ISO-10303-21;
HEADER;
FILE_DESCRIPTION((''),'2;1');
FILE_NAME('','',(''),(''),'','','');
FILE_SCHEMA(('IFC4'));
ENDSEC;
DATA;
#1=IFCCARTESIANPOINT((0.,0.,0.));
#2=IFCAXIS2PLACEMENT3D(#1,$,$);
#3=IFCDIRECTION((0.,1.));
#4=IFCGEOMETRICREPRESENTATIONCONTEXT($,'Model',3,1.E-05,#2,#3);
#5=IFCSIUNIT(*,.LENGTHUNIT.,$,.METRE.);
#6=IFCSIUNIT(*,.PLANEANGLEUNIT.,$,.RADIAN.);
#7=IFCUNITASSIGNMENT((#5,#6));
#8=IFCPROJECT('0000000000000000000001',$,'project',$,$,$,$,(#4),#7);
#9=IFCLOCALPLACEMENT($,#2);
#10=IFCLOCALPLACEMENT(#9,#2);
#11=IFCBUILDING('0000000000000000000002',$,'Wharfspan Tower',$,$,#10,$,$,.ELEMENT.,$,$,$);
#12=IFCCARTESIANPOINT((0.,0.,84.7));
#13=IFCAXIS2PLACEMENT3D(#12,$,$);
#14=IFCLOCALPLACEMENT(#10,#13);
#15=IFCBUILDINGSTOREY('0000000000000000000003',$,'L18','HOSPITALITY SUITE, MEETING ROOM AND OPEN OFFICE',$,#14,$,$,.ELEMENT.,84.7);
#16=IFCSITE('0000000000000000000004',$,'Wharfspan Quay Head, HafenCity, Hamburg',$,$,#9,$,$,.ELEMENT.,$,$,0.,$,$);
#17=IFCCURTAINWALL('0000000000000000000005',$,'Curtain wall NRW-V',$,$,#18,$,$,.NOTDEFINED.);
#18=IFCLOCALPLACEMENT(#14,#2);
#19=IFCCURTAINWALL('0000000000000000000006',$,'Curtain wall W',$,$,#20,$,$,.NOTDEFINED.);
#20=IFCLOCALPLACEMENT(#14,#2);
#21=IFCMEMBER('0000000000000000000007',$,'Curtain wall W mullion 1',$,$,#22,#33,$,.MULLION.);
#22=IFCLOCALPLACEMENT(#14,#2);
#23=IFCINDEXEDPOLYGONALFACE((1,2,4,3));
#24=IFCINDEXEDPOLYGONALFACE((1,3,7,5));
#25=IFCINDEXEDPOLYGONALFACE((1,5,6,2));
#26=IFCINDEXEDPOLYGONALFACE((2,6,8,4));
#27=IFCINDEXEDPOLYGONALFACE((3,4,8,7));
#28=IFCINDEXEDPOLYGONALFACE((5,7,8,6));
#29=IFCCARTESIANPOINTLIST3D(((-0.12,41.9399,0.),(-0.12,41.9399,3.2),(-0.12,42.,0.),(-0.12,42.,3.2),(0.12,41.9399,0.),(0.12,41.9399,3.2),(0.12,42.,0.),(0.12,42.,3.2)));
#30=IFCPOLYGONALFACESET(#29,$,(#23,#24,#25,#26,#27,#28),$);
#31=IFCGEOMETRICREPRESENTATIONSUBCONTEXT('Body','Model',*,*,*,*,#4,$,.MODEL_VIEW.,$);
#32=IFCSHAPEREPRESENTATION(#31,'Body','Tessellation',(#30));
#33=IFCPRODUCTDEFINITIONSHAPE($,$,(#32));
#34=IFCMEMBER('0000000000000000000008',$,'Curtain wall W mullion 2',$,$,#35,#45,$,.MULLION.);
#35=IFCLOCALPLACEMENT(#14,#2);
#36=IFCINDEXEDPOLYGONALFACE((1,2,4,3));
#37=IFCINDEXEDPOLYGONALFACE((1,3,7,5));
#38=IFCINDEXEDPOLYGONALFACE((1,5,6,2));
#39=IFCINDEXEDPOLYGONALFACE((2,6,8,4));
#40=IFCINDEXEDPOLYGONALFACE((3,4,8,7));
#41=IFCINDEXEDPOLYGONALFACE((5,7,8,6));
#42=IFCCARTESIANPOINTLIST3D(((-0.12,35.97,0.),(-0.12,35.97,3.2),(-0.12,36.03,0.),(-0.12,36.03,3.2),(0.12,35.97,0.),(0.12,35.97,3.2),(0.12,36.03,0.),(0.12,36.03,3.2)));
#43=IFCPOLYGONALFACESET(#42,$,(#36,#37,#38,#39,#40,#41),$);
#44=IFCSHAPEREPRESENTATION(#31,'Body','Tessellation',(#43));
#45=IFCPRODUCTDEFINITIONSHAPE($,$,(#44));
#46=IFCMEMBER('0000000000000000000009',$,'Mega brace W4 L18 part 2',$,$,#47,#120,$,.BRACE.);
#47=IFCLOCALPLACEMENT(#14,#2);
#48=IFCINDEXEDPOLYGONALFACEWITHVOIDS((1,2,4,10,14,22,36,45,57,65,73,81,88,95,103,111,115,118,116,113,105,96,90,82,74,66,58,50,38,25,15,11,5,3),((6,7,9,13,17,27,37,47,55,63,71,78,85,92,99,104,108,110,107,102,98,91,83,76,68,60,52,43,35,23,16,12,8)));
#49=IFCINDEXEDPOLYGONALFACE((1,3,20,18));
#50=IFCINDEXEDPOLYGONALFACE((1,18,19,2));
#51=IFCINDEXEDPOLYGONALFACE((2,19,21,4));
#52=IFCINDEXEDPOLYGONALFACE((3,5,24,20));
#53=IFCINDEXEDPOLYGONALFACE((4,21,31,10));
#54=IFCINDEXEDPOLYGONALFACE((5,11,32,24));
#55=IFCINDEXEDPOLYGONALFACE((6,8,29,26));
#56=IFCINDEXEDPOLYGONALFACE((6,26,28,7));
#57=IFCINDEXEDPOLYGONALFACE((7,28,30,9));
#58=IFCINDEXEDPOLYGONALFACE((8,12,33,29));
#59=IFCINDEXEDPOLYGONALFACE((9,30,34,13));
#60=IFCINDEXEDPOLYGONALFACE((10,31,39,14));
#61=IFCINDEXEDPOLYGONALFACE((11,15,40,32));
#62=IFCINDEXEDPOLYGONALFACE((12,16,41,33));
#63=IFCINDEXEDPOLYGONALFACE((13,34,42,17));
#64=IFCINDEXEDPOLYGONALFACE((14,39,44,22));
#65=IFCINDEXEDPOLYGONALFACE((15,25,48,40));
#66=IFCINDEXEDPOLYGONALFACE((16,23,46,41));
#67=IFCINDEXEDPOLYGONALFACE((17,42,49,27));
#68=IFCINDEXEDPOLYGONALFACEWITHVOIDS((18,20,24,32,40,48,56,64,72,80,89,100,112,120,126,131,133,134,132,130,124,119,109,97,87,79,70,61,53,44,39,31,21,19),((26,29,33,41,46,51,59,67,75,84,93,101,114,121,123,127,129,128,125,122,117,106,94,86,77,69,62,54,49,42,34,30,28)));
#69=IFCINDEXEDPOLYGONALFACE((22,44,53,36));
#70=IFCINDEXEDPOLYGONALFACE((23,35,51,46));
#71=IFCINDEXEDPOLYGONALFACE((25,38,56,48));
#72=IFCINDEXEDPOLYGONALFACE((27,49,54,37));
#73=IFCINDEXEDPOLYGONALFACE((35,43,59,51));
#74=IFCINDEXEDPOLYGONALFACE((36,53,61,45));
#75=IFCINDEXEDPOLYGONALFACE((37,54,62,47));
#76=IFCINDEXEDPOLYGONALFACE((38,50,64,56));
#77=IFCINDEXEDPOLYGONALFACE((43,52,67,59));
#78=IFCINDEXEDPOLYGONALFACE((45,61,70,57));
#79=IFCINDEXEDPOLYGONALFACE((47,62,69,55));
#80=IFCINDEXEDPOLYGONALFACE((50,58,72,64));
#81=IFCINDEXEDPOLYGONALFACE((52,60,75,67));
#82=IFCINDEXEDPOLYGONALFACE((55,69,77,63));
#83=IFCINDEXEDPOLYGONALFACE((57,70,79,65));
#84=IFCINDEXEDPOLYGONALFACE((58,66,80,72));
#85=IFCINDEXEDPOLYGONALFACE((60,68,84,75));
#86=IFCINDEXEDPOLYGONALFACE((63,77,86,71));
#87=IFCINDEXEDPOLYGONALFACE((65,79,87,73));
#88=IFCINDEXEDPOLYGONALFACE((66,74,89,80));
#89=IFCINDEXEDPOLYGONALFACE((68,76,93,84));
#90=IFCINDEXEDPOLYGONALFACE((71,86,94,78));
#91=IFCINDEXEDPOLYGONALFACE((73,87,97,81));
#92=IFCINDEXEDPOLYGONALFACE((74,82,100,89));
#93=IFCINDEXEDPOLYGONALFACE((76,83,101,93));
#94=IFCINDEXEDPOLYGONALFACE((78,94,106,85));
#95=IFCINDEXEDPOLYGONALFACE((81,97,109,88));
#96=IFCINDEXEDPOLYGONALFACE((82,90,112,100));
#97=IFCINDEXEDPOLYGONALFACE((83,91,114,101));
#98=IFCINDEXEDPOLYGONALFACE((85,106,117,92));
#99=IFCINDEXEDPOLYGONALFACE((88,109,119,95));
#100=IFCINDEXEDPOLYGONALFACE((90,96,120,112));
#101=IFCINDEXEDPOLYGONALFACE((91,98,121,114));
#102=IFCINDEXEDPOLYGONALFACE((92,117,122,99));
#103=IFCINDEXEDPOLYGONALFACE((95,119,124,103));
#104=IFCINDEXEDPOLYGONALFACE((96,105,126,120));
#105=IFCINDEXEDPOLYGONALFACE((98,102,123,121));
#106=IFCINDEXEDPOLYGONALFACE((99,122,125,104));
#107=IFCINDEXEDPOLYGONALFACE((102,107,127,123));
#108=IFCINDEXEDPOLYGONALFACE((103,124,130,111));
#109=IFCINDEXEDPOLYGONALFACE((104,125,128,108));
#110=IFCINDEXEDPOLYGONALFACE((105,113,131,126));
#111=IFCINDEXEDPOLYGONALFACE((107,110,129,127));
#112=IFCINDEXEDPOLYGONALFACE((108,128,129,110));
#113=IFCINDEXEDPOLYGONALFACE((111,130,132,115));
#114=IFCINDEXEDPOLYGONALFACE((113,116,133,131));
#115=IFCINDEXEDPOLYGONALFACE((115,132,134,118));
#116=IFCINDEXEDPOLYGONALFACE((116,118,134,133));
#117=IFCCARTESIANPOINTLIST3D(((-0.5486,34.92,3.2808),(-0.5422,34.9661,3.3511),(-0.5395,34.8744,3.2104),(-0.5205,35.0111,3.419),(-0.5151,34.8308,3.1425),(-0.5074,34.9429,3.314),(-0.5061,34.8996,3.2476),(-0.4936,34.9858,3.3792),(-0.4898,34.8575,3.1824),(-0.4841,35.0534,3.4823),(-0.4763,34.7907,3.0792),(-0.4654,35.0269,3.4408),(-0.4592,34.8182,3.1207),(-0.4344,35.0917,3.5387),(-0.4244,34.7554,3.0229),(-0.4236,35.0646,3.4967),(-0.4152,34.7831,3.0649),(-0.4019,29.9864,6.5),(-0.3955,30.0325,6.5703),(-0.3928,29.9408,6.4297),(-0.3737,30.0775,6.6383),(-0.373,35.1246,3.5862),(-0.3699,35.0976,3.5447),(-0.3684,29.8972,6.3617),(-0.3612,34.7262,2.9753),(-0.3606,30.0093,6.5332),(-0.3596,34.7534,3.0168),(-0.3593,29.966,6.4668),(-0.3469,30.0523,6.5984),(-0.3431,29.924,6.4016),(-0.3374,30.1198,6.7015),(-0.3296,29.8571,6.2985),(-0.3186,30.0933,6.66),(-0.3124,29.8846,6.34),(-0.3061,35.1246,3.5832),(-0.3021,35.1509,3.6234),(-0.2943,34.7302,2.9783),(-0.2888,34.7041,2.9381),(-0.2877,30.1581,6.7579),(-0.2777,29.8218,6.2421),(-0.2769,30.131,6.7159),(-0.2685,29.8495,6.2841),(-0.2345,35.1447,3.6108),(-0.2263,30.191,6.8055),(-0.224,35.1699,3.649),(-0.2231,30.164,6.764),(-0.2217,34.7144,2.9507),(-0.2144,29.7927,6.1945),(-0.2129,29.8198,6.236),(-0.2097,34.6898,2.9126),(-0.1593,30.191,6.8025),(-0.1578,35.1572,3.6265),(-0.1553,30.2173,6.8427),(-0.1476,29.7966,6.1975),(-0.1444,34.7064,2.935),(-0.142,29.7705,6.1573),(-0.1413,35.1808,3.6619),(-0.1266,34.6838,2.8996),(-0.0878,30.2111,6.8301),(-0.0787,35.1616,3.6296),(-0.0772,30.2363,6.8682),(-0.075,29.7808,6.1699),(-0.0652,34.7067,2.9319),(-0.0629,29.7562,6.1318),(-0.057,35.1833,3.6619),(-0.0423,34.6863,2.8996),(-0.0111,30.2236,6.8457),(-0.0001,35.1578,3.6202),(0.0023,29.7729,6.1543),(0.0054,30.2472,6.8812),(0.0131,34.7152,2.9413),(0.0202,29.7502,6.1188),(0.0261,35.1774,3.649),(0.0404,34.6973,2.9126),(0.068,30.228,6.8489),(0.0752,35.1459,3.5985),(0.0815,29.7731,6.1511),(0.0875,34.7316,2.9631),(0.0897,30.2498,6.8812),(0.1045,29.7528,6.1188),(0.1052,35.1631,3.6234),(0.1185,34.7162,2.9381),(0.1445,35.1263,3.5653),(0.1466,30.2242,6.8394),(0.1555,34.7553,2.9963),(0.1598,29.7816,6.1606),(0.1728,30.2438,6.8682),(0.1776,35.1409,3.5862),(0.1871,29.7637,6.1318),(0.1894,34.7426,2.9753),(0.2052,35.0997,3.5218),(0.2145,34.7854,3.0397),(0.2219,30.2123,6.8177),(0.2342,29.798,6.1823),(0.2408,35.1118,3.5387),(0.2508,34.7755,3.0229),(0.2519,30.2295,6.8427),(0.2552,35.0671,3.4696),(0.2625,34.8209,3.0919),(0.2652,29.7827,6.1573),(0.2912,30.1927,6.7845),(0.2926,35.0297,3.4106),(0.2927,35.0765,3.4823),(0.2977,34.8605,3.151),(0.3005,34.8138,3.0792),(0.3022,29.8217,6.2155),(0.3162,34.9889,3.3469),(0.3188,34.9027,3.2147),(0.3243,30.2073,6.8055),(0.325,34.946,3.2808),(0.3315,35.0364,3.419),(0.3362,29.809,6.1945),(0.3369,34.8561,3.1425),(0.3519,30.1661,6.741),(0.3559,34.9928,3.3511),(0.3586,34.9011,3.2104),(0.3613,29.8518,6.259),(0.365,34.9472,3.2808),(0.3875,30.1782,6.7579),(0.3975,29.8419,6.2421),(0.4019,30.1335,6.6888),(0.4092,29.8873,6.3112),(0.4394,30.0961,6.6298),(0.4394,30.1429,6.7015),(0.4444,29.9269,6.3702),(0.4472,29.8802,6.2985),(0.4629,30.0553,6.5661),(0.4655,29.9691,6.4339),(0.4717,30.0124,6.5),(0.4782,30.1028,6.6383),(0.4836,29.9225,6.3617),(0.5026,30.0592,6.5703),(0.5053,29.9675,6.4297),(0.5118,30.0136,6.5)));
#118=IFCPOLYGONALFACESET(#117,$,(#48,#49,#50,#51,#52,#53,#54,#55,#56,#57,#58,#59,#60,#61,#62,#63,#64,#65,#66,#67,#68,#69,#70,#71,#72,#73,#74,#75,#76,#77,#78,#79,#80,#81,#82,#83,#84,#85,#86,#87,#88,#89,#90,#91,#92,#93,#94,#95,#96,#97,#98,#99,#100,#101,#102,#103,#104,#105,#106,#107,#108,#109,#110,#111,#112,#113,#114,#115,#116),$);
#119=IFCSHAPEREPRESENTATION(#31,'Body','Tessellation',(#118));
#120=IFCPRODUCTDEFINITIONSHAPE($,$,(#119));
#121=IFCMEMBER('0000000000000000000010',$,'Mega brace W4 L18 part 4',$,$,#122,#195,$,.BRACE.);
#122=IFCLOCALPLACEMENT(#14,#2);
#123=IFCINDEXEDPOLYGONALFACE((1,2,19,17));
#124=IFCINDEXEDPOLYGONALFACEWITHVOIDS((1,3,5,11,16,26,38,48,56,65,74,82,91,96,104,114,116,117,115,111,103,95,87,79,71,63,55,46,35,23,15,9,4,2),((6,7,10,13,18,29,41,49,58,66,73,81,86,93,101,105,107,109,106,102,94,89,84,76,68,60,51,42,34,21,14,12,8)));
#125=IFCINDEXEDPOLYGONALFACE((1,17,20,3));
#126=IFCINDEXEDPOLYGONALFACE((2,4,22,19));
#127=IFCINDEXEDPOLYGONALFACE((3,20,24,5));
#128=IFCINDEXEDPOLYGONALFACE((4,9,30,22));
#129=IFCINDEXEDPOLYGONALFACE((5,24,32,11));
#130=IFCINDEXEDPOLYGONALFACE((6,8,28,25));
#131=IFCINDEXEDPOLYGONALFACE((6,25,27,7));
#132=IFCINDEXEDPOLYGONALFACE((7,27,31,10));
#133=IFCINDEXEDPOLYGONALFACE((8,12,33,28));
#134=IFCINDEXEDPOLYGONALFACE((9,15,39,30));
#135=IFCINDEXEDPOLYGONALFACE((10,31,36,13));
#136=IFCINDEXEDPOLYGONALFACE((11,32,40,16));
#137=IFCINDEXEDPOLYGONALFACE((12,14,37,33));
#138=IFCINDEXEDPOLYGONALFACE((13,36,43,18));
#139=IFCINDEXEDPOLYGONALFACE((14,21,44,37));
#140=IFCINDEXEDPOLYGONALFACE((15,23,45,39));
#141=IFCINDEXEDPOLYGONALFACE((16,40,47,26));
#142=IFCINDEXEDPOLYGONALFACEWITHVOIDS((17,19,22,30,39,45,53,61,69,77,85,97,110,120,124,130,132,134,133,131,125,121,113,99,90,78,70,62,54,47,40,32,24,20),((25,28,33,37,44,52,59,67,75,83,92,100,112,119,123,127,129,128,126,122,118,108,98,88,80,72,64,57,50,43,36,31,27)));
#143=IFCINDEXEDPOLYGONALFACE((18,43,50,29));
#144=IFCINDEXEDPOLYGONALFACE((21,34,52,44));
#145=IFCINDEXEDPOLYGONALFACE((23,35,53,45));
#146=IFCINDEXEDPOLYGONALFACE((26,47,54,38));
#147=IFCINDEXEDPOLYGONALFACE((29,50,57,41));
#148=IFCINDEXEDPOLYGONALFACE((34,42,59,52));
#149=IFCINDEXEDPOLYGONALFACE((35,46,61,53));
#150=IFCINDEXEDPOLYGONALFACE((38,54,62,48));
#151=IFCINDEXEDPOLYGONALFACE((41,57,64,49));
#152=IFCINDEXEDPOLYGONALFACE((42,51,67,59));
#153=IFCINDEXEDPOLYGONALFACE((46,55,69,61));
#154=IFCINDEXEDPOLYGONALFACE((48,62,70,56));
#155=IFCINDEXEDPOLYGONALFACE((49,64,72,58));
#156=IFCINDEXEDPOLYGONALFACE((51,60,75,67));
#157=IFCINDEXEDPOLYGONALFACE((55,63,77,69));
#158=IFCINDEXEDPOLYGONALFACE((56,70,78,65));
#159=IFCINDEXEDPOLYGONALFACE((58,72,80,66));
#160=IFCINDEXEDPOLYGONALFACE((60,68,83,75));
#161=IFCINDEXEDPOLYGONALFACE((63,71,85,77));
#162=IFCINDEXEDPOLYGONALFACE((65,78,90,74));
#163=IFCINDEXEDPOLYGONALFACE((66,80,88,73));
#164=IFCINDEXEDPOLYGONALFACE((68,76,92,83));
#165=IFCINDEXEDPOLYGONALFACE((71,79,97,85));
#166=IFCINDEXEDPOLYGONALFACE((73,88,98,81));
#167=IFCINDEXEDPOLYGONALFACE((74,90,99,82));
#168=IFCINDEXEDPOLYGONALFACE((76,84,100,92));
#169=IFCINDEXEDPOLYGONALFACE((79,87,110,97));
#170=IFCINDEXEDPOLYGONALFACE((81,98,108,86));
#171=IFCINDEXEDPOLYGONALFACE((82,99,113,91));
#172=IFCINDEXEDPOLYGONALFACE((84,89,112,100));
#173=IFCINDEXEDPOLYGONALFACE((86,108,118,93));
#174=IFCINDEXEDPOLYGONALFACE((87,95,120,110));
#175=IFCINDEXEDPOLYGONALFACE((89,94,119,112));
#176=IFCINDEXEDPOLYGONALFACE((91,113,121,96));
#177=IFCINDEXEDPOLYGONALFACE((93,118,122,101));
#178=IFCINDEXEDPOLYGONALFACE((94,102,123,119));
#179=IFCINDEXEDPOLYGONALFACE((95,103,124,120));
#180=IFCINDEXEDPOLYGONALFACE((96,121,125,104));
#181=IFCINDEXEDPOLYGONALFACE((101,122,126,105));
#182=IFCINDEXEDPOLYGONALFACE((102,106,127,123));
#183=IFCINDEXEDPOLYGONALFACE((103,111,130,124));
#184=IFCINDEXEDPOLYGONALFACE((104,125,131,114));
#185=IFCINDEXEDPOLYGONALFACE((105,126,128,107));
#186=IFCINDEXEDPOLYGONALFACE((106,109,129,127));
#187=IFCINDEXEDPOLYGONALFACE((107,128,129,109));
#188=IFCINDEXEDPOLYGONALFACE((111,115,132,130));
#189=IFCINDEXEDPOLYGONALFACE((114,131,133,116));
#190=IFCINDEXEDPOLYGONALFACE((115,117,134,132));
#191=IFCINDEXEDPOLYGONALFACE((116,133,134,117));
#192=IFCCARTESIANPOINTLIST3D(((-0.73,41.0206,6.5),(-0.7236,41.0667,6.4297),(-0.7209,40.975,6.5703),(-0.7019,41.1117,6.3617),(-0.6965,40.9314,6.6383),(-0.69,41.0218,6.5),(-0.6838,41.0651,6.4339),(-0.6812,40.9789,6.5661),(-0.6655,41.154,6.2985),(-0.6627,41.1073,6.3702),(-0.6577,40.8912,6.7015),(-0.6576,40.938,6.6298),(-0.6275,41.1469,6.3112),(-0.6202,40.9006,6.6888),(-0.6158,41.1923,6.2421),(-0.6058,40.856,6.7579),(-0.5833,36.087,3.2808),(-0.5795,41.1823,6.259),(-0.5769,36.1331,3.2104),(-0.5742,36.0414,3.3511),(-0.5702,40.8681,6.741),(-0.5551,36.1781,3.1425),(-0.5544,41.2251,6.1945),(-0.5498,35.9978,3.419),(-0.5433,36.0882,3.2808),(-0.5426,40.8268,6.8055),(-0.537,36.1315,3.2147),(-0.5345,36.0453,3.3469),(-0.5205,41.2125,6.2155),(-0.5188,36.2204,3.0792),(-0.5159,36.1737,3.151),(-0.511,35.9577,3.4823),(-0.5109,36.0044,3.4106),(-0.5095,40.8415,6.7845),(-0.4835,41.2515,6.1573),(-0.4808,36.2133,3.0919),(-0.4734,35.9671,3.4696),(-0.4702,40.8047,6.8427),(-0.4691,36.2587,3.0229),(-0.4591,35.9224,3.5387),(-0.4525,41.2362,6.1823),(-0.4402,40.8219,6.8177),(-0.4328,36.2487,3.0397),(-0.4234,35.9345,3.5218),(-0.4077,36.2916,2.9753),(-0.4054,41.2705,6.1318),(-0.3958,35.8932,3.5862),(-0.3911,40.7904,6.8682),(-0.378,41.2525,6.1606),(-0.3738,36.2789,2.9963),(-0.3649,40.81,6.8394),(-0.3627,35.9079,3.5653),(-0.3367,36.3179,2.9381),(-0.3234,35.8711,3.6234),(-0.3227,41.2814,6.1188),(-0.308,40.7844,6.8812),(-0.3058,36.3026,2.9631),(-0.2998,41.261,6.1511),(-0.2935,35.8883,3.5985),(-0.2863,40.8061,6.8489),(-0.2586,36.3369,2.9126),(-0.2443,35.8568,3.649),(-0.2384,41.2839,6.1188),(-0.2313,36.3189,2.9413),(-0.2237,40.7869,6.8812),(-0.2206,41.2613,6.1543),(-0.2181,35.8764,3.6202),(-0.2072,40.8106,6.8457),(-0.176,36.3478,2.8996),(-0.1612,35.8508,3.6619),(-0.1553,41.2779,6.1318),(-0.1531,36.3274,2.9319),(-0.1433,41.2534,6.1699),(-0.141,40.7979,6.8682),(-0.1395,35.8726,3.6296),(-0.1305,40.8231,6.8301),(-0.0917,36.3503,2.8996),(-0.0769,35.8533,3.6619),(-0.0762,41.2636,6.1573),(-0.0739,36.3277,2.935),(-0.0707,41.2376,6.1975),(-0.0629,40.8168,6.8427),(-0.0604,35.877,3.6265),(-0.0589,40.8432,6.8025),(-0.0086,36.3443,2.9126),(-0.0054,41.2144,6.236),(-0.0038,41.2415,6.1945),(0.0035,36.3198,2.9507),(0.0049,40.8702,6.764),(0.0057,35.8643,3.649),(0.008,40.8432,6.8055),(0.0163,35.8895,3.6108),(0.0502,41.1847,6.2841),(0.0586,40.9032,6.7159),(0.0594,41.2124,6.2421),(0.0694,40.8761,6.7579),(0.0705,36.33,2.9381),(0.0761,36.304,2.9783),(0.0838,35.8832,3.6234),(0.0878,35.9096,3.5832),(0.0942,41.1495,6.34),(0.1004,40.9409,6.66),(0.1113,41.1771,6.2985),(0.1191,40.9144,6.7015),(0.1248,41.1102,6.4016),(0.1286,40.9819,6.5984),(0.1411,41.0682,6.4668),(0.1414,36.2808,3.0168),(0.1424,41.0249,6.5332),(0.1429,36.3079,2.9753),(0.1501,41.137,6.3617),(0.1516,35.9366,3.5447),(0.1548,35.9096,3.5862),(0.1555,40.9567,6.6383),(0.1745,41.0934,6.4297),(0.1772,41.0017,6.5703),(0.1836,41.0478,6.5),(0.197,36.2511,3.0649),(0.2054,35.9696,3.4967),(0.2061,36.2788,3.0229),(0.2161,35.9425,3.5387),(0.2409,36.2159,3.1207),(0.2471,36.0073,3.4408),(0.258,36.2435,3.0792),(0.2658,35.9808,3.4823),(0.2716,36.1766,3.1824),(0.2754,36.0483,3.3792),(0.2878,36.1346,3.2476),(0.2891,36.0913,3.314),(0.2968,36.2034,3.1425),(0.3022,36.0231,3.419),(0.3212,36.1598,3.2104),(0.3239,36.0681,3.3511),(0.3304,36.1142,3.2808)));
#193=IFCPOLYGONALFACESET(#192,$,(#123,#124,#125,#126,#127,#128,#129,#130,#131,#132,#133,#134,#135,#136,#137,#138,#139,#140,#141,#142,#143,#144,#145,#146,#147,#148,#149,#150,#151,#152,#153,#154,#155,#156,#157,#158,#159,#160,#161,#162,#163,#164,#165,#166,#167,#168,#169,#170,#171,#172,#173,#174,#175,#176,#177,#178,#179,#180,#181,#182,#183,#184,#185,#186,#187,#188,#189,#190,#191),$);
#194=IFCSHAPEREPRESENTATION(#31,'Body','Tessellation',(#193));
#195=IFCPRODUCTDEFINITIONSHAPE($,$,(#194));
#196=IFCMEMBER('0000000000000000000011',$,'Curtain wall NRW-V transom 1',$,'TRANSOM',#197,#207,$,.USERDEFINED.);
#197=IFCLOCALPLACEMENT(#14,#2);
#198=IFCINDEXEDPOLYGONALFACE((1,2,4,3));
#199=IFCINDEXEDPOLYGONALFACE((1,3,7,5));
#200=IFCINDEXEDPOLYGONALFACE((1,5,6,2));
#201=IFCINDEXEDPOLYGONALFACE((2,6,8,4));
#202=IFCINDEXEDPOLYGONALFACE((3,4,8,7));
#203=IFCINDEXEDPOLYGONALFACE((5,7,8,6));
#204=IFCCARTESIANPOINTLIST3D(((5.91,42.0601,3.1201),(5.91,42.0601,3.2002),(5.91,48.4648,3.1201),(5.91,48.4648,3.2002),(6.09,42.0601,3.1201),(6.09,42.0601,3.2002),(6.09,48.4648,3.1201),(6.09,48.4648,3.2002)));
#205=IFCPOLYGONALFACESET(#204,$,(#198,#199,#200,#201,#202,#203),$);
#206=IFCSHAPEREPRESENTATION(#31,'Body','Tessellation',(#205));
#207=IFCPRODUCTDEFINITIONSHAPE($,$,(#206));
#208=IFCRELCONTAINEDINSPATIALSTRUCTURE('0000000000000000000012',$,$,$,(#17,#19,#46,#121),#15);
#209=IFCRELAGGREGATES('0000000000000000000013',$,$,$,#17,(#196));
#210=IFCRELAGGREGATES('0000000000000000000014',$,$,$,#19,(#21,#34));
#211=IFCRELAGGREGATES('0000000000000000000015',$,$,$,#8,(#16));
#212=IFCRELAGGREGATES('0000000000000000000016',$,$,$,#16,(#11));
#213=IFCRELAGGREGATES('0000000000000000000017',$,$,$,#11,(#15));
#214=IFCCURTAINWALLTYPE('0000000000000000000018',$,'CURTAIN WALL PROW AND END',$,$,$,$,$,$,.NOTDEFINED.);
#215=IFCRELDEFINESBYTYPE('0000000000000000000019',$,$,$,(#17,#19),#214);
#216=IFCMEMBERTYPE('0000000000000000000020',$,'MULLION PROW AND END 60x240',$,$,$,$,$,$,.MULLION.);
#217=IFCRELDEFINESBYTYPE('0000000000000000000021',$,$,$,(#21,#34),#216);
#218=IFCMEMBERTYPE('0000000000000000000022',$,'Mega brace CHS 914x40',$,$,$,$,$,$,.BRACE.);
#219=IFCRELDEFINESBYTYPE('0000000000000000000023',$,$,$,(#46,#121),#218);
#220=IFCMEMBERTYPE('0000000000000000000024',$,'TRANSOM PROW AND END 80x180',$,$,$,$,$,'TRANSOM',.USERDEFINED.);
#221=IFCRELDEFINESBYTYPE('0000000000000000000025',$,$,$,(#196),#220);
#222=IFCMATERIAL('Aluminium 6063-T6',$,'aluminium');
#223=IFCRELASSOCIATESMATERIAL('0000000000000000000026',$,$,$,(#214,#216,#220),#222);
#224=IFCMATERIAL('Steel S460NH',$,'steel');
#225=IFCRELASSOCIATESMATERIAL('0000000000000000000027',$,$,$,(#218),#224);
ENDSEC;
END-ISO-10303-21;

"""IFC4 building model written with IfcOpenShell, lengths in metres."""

from ifc_helpers import new_model, si_unit, direction, frame, origin, origin_2d, place, context, subcontext, project, spatial, rectangle, hollow_circle, extrude, material, material_profile, profile_set, type_object, element, aggregate, save


model = new_model("IFC4")

# Units and contexts
model_context = context("Model", 3, precision=1e-05, world=origin(), true_north=direction((0.0, 1.0)))
body_context = subcontext(model_context, "Body", "Model", "MODEL_VIEW")
ifc_project = project(units=[si_unit("LENGTHUNIT", "METRE"), si_unit("PLANEANGLEUNIT", "RADIAN")], contexts=[model_context])

# Site, building, storey
site_placement = place(None, origin())
site = spatial("IfcSite", under=ifc_project, at=site_placement, Name="Wharfspan Quay Head, HafenCity, Hamburg", CompositionType="ELEMENT", RefElevation=0.0)
building_placement = place(site_placement, origin())
building = spatial("IfcBuilding", under=site, at=building_placement, Name="Wharfspan Tower", CompositionType="ELEMENT")
storey_placement = place(building_placement, frame((0.0, 0.0, 84.7)))
storey = spatial("IfcBuildingStorey", under=building, at=storey_placement, Name="L18", Description="HOSPITALITY SUITE, MEETING ROOM AND OPEN OFFICE", CompositionType="ELEMENT", Elevation=84.7)

# Curtain walls, members
ifc_material_1 = material(Name="Aluminium 6063-T6", Category="aluminium")
curtain_wall_type = type_object("IfcCurtainWallType", Name="CURTAIN WALL PROW AND END", PredefinedType="NOTDEFINED", material=ifc_material_1)
curtain_wall_1_placement = place(storey_placement, origin())
curtain_wall_1 = element("IfcCurtainWall", 1, at=curtain_wall_1_placement, inside=storey, type_object=curtain_wall_type, Name="Curtain wall NRW-V", PredefinedType="NOTDEFINED")
ifc_material_profile_1 = material_profile(ifc_material_1, rectangle(XDim=0.24, YDim=0.0601, at=origin_2d()))
ifc_profile_set_1 = profile_set([ifc_material_profile_1], Name="Aluminium 6063-T6")
member_type_1 = type_object("IfcMemberType", Name="MULLION PROW AND END 60x240", PredefinedType="MULLION", material=ifc_profile_set_1)
curtain_wall_2_placement = place(storey_placement, origin())
curtain_wall_2 = element("IfcCurtainWall", 2, at=curtain_wall_2_placement, inside=storey, type_object=curtain_wall_type, Name="Curtain wall W", PredefinedType="NOTDEFINED")
member_1_placement = place(storey_placement, frame((0.0, 41.97, 0.0), z_axis=(0.0, 0.0, 1.0), x_axis=(1.0, 0.0, 0.0)))
member_1 = element("IfcMember", 3, at=member_1_placement, type_object=member_type_1, Name="Curtain wall W mullion 1", PredefinedType="MULLION", context=body_context, shape_type="SweptSolid", body=[
    extrude(rectangle(XDim=0.24, YDim=0.0601, at=origin_2d()), origin(), (0.0, 0.0, 1.0), 3.2),
])
member_2_placement = place(storey_placement, frame((0.0, 36.0, 0.0), z_axis=(0.0, 0.0, 1.0), x_axis=(1.0, 0.0, 0.0)))
member_2 = element("IfcMember", 4, at=member_2_placement, type_object=member_type_1, Name="Curtain wall W mullion 2", PredefinedType="MULLION", context=body_context, shape_type="SweptSolid", body=[
    extrude(rectangle(XDim=0.24, YDim=0.0601, at=origin_2d()), origin(), (0.0, 0.0, 1.0), 3.2),
])

# Members
ifc_material_2 = material(Name="Steel S460NH", Category="steel")
ifc_material_profile_2 = material_profile(ifc_material_2, hollow_circle(Radius=0.457, WallThickness=0.04, at=origin_2d()))
ifc_profile_set_2 = profile_set([ifc_material_profile_2], Name="Steel S460NH")
member_type_2 = type_object("IfcMemberType", Name="Mega brace CHS 914x40", PredefinedType="BRACE", material=ifc_profile_set_2)
for number, where, z_axis, x_axis, name in (
    (5, (-0.0918, 34.9336, 3.2808), (0.0249, -0.837221, 0.546298), (0.999556, 0.02973, 0.000003), "Mega brace W4 L18 part 2"),
    (6, (-0.1265, 36.1006, 3.2808), (-0.0249, 0.837221, 0.546298), (-0.999556, -0.02973, 0.000003), "Mega brace W4 L18 part 4"),
):
    element("IfcMember", number, at=place(storey_placement, frame(where, z_axis=z_axis, x_axis=x_axis)), inside=storey, type_object=member_type_2, Name=name, PredefinedType="BRACE", context=body_context, shape_type="SweptSolid", body=[
        extrude(hollow_circle(Radius=0.457, WallThickness=0.04, at=origin_2d()), origin(), (0.0, 0.0, 1.0), 5.8928),
    ])

# Member
ifc_material_profile_3 = material_profile(ifc_material_1, rectangle(XDim=0.1799, YDim=0.0801, at=origin_2d()))
ifc_profile_set_3 = profile_set([ifc_material_profile_3], Name="Aluminium 6063-T6")
member_type_3 = type_object("IfcMemberType", Name="TRANSOM PROW AND END 80x180", ElementType="TRANSOM", PredefinedType="USERDEFINED", material=ifc_profile_set_3)
member_3_placement = place(storey_placement, frame((6.0, 48.4648, 3.1602), z_axis=(0.0, -1.0, 0.0), x_axis=(1.0, 0.0, 0.0)))
member_3 = element("IfcMember", 7, at=member_3_placement, type_object=member_type_3, Name="Curtain wall NRW-V transom 1", ObjectType="TRANSOM", PredefinedType="USERDEFINED", context=body_context, shape_type="SweptSolid", body=[
    extrude(rectangle(XDim=0.1799, YDim=0.0801, at=origin_2d()), origin(), (0.0, 0.0, 1.0), 6.4048),
])

aggregate(curtain_wall_1, [member_3])
aggregate(curtain_wall_2, [member_1, member_2])

save(model, "model.ifc")
